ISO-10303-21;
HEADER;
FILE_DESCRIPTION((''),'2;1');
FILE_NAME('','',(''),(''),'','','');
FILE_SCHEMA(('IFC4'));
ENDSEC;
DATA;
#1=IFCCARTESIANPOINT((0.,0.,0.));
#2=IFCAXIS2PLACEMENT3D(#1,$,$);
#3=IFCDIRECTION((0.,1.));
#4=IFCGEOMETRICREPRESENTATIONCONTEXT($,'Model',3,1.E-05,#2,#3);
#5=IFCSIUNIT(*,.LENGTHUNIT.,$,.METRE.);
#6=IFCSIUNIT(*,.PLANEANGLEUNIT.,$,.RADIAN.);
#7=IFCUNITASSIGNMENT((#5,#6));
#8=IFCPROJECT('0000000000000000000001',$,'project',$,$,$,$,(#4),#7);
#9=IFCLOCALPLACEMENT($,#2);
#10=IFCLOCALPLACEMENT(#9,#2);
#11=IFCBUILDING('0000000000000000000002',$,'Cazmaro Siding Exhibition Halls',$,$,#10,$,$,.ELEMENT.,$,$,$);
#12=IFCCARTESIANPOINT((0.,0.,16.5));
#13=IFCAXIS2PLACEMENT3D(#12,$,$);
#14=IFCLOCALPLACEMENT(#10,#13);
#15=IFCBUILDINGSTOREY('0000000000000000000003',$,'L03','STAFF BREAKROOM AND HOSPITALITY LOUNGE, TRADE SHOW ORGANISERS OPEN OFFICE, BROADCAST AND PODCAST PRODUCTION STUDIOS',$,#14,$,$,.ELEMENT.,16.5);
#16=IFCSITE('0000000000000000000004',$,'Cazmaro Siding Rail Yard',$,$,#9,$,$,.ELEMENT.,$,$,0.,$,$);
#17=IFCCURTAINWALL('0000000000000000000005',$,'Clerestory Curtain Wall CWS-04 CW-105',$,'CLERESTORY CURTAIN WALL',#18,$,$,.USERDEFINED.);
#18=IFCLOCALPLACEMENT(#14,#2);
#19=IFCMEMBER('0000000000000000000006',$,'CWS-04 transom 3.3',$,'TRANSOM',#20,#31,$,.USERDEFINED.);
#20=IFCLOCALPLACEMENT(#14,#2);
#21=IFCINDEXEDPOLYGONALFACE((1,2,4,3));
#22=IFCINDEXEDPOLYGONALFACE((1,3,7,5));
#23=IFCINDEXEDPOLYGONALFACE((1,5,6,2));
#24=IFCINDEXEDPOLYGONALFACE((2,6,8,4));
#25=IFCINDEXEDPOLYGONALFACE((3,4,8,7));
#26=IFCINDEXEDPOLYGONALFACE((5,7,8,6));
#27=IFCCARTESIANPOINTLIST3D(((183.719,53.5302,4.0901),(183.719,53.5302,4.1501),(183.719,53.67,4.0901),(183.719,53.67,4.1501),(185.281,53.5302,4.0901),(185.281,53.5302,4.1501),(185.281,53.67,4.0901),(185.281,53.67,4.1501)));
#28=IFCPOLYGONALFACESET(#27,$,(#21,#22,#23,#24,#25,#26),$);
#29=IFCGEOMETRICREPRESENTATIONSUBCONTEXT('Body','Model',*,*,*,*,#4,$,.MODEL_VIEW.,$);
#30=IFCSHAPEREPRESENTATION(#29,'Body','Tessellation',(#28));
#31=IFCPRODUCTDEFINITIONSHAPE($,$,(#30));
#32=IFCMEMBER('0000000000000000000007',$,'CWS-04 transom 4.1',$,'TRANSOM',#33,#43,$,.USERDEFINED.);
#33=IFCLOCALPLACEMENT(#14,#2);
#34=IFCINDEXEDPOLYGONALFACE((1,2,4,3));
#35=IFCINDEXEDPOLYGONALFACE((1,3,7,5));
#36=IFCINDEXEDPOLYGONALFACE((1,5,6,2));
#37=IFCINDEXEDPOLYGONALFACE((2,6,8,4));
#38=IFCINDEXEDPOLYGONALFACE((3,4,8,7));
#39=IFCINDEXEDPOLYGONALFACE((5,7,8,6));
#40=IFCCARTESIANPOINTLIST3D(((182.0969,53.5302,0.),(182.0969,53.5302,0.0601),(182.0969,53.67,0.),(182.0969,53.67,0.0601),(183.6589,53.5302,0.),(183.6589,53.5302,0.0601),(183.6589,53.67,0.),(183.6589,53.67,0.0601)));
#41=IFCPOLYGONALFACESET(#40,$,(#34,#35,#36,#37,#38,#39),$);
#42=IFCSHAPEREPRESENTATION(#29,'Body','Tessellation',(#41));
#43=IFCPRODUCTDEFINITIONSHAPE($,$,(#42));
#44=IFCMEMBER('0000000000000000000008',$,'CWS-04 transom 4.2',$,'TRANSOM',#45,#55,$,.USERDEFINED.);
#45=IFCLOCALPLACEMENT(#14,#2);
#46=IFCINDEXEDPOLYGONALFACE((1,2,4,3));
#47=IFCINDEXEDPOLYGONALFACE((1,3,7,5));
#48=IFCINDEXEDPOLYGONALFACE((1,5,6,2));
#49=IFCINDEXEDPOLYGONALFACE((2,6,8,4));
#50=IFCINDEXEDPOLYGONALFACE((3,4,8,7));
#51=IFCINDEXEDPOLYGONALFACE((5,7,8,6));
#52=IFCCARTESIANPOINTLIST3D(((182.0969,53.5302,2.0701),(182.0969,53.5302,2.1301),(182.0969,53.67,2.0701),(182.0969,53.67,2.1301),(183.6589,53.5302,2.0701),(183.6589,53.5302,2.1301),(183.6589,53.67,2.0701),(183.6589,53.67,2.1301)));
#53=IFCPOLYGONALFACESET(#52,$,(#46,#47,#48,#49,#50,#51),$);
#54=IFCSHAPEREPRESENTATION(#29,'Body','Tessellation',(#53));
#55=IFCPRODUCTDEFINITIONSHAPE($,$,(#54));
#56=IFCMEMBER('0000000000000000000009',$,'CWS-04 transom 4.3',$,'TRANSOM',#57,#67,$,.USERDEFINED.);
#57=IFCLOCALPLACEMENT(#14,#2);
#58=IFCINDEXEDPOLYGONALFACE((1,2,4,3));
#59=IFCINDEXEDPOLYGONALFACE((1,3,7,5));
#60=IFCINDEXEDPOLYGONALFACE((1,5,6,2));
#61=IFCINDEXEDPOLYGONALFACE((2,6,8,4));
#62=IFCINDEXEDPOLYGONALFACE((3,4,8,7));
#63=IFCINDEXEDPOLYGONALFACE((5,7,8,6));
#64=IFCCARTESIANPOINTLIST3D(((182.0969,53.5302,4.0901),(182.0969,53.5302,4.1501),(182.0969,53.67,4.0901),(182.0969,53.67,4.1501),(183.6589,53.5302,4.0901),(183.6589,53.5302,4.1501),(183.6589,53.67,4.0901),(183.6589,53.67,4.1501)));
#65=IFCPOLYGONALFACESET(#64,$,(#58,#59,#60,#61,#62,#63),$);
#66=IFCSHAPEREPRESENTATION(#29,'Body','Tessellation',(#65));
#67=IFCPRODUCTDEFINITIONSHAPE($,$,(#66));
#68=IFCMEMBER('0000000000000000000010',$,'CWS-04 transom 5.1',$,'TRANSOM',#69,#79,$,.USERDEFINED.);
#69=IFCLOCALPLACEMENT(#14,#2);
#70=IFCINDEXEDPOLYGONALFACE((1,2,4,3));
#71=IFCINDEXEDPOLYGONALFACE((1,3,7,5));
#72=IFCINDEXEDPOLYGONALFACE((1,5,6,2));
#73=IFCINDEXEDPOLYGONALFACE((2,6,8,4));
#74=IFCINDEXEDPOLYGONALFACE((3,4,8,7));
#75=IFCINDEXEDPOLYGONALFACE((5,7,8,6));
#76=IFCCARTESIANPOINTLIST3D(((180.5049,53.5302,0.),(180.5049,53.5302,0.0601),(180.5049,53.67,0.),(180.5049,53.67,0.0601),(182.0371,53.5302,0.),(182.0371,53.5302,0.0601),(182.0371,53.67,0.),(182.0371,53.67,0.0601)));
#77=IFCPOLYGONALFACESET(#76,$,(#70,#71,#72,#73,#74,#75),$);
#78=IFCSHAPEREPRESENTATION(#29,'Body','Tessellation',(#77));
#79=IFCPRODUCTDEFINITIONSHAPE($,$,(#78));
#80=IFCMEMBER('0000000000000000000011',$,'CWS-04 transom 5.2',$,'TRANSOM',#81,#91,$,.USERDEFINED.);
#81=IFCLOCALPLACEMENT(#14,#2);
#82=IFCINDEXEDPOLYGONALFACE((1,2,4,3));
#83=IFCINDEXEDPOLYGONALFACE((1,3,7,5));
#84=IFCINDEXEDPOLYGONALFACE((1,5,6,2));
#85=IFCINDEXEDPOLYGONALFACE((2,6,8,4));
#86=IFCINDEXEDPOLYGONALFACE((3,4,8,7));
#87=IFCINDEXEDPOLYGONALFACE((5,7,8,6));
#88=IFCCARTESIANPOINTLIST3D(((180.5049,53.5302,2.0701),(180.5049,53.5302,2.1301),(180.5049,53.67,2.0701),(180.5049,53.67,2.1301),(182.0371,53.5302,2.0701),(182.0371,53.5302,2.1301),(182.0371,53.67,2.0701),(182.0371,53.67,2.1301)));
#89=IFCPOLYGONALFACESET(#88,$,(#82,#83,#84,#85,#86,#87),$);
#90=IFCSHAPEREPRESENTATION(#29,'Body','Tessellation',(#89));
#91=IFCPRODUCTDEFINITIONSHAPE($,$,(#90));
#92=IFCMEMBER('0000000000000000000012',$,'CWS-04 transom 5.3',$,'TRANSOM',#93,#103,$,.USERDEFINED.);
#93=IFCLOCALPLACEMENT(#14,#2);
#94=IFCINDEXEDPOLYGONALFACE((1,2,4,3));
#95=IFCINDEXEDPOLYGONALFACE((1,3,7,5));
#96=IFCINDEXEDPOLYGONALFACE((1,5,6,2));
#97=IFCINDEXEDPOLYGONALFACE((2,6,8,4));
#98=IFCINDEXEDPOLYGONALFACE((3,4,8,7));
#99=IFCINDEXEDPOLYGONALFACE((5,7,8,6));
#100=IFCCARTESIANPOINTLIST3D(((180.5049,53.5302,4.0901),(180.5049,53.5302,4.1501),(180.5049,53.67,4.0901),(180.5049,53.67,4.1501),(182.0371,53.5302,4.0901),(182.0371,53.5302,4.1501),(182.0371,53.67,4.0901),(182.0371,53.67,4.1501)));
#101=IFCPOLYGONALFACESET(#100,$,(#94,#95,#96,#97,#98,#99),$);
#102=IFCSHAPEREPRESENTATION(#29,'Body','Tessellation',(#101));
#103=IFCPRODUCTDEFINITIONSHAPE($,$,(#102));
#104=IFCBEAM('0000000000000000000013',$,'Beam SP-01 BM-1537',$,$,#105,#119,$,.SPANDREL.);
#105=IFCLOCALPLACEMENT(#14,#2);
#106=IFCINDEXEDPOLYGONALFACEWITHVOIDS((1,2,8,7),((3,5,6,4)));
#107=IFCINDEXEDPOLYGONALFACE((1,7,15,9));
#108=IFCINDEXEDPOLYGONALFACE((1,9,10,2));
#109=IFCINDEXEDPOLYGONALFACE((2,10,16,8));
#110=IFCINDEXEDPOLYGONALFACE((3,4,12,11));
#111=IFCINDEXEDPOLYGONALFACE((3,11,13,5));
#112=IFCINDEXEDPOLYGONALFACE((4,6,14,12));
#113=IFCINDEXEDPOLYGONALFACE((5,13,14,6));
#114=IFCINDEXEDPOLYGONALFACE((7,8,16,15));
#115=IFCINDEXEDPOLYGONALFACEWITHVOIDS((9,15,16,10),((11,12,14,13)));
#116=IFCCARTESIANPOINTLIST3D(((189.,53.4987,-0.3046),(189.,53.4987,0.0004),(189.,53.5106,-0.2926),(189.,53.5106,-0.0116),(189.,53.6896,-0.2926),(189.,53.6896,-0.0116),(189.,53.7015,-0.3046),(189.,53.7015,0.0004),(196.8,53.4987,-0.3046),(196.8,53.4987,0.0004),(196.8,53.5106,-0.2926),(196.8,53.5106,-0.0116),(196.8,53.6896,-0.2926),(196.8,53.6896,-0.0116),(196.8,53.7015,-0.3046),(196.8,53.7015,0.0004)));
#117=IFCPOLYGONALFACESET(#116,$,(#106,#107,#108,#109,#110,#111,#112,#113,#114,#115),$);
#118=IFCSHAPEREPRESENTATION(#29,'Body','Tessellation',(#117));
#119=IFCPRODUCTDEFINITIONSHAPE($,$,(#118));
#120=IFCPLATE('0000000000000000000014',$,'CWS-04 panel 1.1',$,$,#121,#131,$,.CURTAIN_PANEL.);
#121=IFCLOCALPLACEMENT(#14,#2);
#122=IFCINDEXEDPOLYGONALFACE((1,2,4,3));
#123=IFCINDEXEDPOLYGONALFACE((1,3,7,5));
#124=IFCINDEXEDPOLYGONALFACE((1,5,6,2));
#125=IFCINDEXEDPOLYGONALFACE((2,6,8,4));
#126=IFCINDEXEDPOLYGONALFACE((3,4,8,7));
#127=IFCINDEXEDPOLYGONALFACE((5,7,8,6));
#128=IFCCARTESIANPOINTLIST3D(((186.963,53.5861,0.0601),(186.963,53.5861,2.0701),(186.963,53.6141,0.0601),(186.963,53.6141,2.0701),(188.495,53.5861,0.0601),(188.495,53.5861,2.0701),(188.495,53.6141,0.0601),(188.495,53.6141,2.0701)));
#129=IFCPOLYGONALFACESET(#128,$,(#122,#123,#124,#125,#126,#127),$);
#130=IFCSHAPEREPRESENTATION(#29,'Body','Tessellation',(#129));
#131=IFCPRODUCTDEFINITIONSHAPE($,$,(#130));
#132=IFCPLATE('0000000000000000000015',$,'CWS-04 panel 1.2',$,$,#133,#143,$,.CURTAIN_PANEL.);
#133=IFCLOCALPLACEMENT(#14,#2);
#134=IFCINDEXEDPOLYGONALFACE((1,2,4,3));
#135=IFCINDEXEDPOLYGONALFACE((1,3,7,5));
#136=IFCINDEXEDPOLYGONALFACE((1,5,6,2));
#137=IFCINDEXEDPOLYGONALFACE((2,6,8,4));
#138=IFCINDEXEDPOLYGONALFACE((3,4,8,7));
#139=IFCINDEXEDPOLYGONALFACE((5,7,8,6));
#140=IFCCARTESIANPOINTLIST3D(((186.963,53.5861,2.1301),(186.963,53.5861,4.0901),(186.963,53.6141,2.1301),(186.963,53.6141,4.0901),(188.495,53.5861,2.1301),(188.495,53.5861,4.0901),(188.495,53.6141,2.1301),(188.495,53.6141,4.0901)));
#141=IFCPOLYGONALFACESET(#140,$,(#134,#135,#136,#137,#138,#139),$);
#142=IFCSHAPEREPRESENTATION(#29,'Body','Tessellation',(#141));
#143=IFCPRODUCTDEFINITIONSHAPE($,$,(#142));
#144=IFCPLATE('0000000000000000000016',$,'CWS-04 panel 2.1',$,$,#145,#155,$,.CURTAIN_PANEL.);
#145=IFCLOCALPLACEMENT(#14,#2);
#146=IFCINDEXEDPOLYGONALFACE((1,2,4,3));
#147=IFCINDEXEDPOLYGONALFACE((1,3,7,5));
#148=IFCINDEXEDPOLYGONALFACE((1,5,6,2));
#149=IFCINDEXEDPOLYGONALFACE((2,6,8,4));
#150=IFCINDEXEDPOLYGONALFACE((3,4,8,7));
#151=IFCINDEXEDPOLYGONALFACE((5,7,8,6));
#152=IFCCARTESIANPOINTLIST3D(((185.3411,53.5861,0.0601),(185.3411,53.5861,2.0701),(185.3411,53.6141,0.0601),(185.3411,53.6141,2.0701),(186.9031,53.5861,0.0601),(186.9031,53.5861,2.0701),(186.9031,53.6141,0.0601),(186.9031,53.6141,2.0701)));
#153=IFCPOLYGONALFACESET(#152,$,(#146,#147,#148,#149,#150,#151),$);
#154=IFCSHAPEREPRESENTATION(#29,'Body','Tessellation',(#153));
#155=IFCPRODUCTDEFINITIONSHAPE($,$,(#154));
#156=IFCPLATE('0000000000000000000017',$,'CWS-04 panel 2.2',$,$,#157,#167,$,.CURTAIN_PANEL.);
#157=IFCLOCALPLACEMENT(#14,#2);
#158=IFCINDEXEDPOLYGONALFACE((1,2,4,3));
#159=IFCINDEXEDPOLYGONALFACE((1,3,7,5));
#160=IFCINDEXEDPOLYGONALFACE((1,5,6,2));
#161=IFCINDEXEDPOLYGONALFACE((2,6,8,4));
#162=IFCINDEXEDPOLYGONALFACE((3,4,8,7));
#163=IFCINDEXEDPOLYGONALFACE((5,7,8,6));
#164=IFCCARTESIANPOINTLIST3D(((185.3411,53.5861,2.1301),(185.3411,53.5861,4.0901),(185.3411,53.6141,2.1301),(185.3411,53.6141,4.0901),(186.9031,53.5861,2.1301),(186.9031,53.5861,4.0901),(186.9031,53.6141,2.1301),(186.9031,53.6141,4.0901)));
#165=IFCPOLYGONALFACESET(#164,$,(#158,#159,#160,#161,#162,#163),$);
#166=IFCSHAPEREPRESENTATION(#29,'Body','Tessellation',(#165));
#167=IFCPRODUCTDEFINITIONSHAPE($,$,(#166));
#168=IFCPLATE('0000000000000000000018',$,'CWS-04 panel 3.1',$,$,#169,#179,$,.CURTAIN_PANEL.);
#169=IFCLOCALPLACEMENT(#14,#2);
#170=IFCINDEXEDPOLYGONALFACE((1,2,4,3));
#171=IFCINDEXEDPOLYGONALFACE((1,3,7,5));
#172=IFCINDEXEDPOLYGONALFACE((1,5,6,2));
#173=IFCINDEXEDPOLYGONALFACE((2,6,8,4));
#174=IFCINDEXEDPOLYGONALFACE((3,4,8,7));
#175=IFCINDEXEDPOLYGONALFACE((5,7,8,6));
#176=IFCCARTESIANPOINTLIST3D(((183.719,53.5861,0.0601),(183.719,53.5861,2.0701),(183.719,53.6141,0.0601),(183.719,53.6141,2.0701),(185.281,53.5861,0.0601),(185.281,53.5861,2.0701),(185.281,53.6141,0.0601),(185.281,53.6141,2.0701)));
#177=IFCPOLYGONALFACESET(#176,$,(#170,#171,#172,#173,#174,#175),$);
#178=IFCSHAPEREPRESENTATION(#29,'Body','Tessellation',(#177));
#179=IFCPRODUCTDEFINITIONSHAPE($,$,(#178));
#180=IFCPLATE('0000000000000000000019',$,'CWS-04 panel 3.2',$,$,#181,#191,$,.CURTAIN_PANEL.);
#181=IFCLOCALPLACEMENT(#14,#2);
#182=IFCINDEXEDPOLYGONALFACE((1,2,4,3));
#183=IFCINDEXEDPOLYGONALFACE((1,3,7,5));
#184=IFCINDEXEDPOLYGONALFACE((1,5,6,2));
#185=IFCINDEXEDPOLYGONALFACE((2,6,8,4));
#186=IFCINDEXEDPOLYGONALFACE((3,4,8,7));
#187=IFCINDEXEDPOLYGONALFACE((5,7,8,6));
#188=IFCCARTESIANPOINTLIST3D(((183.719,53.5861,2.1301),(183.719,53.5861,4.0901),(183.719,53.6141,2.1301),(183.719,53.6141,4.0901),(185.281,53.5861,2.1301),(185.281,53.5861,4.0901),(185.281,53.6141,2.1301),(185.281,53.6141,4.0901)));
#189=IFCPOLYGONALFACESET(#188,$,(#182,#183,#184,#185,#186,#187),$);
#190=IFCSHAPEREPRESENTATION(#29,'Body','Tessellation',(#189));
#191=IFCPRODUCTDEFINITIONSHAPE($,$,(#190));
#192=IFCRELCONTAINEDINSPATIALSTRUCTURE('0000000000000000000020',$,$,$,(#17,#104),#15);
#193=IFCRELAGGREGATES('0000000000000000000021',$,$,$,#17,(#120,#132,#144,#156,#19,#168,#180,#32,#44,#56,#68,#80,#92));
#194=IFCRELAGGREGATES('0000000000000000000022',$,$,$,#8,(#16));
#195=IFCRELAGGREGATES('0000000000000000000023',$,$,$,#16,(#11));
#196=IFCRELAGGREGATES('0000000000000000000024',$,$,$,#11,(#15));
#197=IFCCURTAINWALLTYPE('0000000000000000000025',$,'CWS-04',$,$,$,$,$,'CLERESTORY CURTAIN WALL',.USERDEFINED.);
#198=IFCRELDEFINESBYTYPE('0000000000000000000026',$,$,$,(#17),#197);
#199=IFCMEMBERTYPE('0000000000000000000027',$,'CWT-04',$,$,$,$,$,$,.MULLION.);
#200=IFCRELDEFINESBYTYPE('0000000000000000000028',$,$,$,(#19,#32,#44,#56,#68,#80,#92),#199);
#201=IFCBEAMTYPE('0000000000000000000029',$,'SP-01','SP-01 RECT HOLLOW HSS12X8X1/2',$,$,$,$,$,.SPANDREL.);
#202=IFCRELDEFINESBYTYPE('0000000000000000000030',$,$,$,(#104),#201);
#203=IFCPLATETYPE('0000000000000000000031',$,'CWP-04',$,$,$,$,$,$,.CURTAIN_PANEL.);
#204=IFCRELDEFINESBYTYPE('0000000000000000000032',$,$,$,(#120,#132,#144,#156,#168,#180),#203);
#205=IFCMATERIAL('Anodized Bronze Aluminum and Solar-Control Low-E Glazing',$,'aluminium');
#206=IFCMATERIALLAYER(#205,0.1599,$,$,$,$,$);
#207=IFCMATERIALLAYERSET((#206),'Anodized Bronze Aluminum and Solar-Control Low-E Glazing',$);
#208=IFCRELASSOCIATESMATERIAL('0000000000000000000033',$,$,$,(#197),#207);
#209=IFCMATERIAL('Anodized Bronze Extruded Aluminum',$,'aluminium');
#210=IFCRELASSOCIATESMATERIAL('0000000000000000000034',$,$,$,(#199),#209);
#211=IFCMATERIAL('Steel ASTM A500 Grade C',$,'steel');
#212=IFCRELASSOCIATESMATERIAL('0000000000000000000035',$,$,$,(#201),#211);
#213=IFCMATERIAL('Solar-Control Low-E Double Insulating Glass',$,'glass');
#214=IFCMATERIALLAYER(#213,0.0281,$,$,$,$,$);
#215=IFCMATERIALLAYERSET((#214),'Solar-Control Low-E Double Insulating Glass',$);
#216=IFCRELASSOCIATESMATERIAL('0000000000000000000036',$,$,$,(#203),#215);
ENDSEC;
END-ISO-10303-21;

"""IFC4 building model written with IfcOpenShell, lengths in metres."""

from ifc_helpers import new_model, si_unit, direction, frame, origin, origin_2d, place, context, subcontext, project, spatial, rectangle, hollow_rectangle, extrude, material, layer, layer_set, material_profile, profile_set, type_object, element, aggregate, save


model = new_model("IFC4")

# Units and contexts
model_context = context("Model", 3, precision=1e-05, world=origin(), true_north=direction((0.0, 1.0)))
body_context = subcontext(model_context, "Body", "Model", "MODEL_VIEW")
ifc_project = project(units=[si_unit("LENGTHUNIT", "METRE"), si_unit("PLANEANGLEUNIT", "RADIAN")], contexts=[model_context])

# Site, building, storey
site_placement = place(None, origin())
site = spatial("IfcSite", under=ifc_project, at=site_placement, Name="Cazmaro Siding Rail Yard", CompositionType="ELEMENT", RefElevation=0.0)
building_placement = place(site_placement, origin())
building = spatial("IfcBuilding", under=site, at=building_placement, Name="Cazmaro Siding Exhibition Halls", CompositionType="ELEMENT")
storey_placement = place(building_placement, frame((0.0, 0.0, 16.5)))
storey = spatial("IfcBuildingStorey", under=building, at=storey_placement, Name="L03", Description="STAFF BREAKROOM AND HOSPITALITY LOUNGE, TRADE SHOW ORGANISERS OPEN OFFICE, BROADCAST AND PODCAST PRODUCTION STUDIOS", CompositionType="ELEMENT", Elevation=16.5)

# Curtain wall, members
ifc_material_1 = material(Name="Anodized Bronze Aluminum and Solar-Control Low-E Glazing", Category="aluminium")
ifc_layer_1 = layer(ifc_material_1, 0.1599)
ifc_layer_set_1 = layer_set([ifc_layer_1], Name="Anodized Bronze Aluminum and Solar-Control Low-E Glazing")
curtain_wall_type = type_object("IfcCurtainWallType", Name="CWS-04", ElementType="CLERESTORY CURTAIN WALL", PredefinedType="USERDEFINED", material=ifc_layer_set_1)
curtain_wall_placement = place(storey_placement, origin())
curtain_wall = element("IfcCurtainWall", 1, at=curtain_wall_placement, inside=storey, type_object=curtain_wall_type, Name="Clerestory Curtain Wall CWS-04 CW-105", ObjectType="CLERESTORY CURTAIN WALL", PredefinedType="USERDEFINED")
ifc_material_2 = material(Name="Anodized Bronze Extruded Aluminum", Category="aluminium")
ifc_material_profile_1 = material_profile(ifc_material_2, rectangle(XDim=0.1399, YDim=0.0601, at=origin_2d()), Name="CWT-04")
ifc_profile_set_1 = profile_set([ifc_material_profile_1], Name="Anodized Bronze Extruded Aluminum")
member_type_1 = type_object("IfcMemberType", Name="CWT-04", PredefinedType="MULLION", material=ifc_profile_set_1)
member_1_placement = place(storey_placement, frame((185.281, 53.6001, 4.1201), z_axis=(-1.0, 0.0, 0.0), x_axis=(0.0, -1.0, 0.0)))
member_1 = element("IfcMember", 2, at=member_1_placement, type_object=member_type_1, Name="CWS-04 transom 3.3", ObjectType="TRANSOM", PredefinedType="USERDEFINED", context=body_context, shape_type="SweptSolid", body=[
    extrude(rectangle(XDim=0.1399, YDim=0.0601, at=origin_2d()), origin(), (0.0, 0.0, 1.0), 1.562),
])
member_2_placement = place(storey_placement, frame((183.6589, 53.6001, 0.03), z_axis=(-1.0, 0.0, 0.0), x_axis=(0.0, -1.0, 0.0)))
member_2 = element("IfcMember", 3, at=member_2_placement, type_object=member_type_1, Name="CWS-04 transom 4.1", ObjectType="TRANSOM", PredefinedType="USERDEFINED", context=body_context, shape_type="SweptSolid", body=[
    extrude(rectangle(XDim=0.1399, YDim=0.0601, at=origin_2d()), origin(), (0.0, 0.0, 1.0), 1.562),
])
member_3_placement = place(storey_placement, frame((183.6589, 53.6001, 2.1001), z_axis=(-1.0, 0.0, 0.0), x_axis=(0.0, -1.0, 0.0)))
member_3 = element("IfcMember", 4, at=member_3_placement, type_object=member_type_1, Name="CWS-04 transom 4.2", ObjectType="TRANSOM", PredefinedType="USERDEFINED", context=body_context, shape_type="SweptSolid", body=[
    extrude(rectangle(XDim=0.1399, YDim=0.0601, at=origin_2d()), origin(), (0.0, 0.0, 1.0), 1.562),
])
member_4_placement = place(storey_placement, frame((183.6589, 53.6001, 4.1201), z_axis=(-1.0, 0.0, 0.0), x_axis=(0.0, -1.0, 0.0)))
member_4 = element("IfcMember", 5, at=member_4_placement, type_object=member_type_1, Name="CWS-04 transom 4.3", ObjectType="TRANSOM", PredefinedType="USERDEFINED", context=body_context, shape_type="SweptSolid", body=[
    extrude(rectangle(XDim=0.1399, YDim=0.0601, at=origin_2d()), origin(), (0.0, 0.0, 1.0), 1.562),
])
member_5_placement = place(storey_placement, frame((182.0371, 53.6001, 0.03), z_axis=(-1.0, 0.0, 0.0), x_axis=(0.0, -1.0, 0.0)))
member_5 = element("IfcMember", 6, at=member_5_placement, type_object=member_type_1, Name="CWS-04 transom 5.1", ObjectType="TRANSOM", PredefinedType="USERDEFINED", context=body_context, shape_type="SweptSolid", body=[
    extrude(rectangle(XDim=0.1399, YDim=0.0601, at=origin_2d()), origin(), (0.0, 0.0, 1.0), 1.5322),
])
member_6_placement = place(storey_placement, frame((182.0371, 53.6001, 2.1001), z_axis=(-1.0, 0.0, 0.0), x_axis=(0.0, -1.0, 0.0)))
member_6 = element("IfcMember", 7, at=member_6_placement, type_object=member_type_1, Name="CWS-04 transom 5.2", ObjectType="TRANSOM", PredefinedType="USERDEFINED", context=body_context, shape_type="SweptSolid", body=[
    extrude(rectangle(XDim=0.1399, YDim=0.0601, at=origin_2d()), origin(), (0.0, 0.0, 1.0), 1.5322),
])
member_7_placement = place(storey_placement, frame((182.0371, 53.6001, 4.1201), z_axis=(-1.0, 0.0, 0.0), x_axis=(0.0, -1.0, 0.0)))
member_7 = element("IfcMember", 8, at=member_7_placement, type_object=member_type_1, Name="CWS-04 transom 5.3", ObjectType="TRANSOM", PredefinedType="USERDEFINED", context=body_context, shape_type="SweptSolid", body=[
    extrude(rectangle(XDim=0.1399, YDim=0.0601, at=origin_2d()), origin(), (0.0, 0.0, 1.0), 1.5322),
])

# Beam
ifc_material_3 = material(Name="Steel ASTM A500 Grade C", Category="steel")
ifc_material_profile_2 = material_profile(ifc_material_3, hollow_rectangle(XDim=0.2029, YDim=0.3049, WallThickness=0.012, at=origin_2d()), Name="HSS12X8X1/2")
ifc_profile_set_2 = profile_set([ifc_material_profile_2], Name="Steel ASTM A500 Grade C")
beam_type = type_object("IfcBeamType", Name="SP-01", Description="SP-01 RECT HOLLOW HSS12X8X1/2", PredefinedType="SPANDREL", material=ifc_profile_set_2)
beam_placement = place(storey_placement, frame((189.0, 53.6001, -0.1521), z_axis=(1.0, 0.0, 0.0), x_axis=(0.0, 1.0, 0.0)))
element("IfcBeam", 9, at=beam_placement, inside=storey, type_object=beam_type, Name="Beam SP-01 BM-1537", PredefinedType="SPANDREL", context=body_context, shape_type="SweptSolid", body=[
    extrude(hollow_rectangle(XDim=0.2029, YDim=0.3049, WallThickness=0.012, at=origin_2d()), origin(), (0.0, 0.0, 1.0), 7.8),
])

# Plates
ifc_material_4 = material(Name="Solar-Control Low-E Double Insulating Glass", Category="glass")
ifc_layer_2 = layer(ifc_material_4, 0.0281)
ifc_layer_set_2 = layer_set([ifc_layer_2], Name="Solar-Control Low-E Double Insulating Glass")
plate_type = type_object("IfcPlateType", Name="CWP-04", PredefinedType="CURTAIN_PANEL", material=ifc_layer_set_2)
plate_1_placement = place(storey_placement, frame((187.729, 53.6001, 0.0601), z_axis=(0.0, 0.0, 1.0), x_axis=(-1.0, 0.0, 0.0)))
plate_1 = element("IfcPlate", 10, at=plate_1_placement, type_object=plate_type, Name="CWS-04 panel 1.1", PredefinedType="CURTAIN_PANEL", context=body_context, shape_type="SweptSolid", body=[
    extrude(rectangle(XDim=1.532, YDim=0.0281, at=origin_2d()), origin(), (0.0, 0.0, 1.0), 2.01),
])
plate_2_placement = place(storey_placement, frame((187.729, 53.6001, 2.1301), z_axis=(0.0, 0.0, 1.0), x_axis=(-1.0, 0.0, 0.0)))
plate_2 = element("IfcPlate", 11, at=plate_2_placement, type_object=plate_type, Name="CWS-04 panel 1.2", PredefinedType="CURTAIN_PANEL", context=body_context, shape_type="SweptSolid", body=[
    extrude(rectangle(XDim=1.532, YDim=0.0281, at=origin_2d()), origin(), (0.0, 0.0, 1.0), 1.96),
])
plate_3_placement = place(storey_placement, frame((186.1221, 53.6001, 0.0601), z_axis=(0.0, 0.0, 1.0), x_axis=(-1.0, 0.0, 0.0)))
plate_3 = element("IfcPlate", 12, at=plate_3_placement, type_object=plate_type, Name="CWS-04 panel 2.1", PredefinedType="CURTAIN_PANEL", context=body_context, shape_type="SweptSolid", body=[
    extrude(rectangle(XDim=1.562, YDim=0.0281, at=origin_2d()), origin(), (0.0, 0.0, 1.0), 2.01),
])
plate_4_placement = place(storey_placement, frame((186.1221, 53.6001, 2.1301), z_axis=(0.0, 0.0, 1.0), x_axis=(-1.0, 0.0, 0.0)))
plate_4 = element("IfcPlate", 13, at=plate_4_placement, type_object=plate_type, Name="CWS-04 panel 2.2", PredefinedType="CURTAIN_PANEL", context=body_context, shape_type="SweptSolid", body=[
    extrude(rectangle(XDim=1.562, YDim=0.0281, at=origin_2d()), origin(), (0.0, 0.0, 1.0), 1.96),
])
plate_5_placement = place(storey_placement, frame((184.5, 53.6001, 0.0601), z_axis=(0.0, 0.0, 1.0), x_axis=(-1.0, 0.0, 0.0)))
plate_5 = element("IfcPlate", 14, at=plate_5_placement, type_object=plate_type, Name="CWS-04 panel 3.1", PredefinedType="CURTAIN_PANEL", context=body_context, shape_type="SweptSolid", body=[
    extrude(rectangle(XDim=1.562, YDim=0.0281, at=origin_2d()), origin(), (0.0, 0.0, 1.0), 2.01),
])
plate_6_placement = place(storey_placement, frame((184.5, 53.6001, 2.1301), z_axis=(0.0, 0.0, 1.0), x_axis=(-1.0, 0.0, 0.0)))
plate_6 = element("IfcPlate", 15, at=plate_6_placement, type_object=plate_type, Name="CWS-04 panel 3.2", PredefinedType="CURTAIN_PANEL", context=body_context, shape_type="SweptSolid", body=[
    extrude(rectangle(XDim=1.562, YDim=0.0281, at=origin_2d()), origin(), (0.0, 0.0, 1.0), 1.96),
])
aggregate(curtain_wall, [plate_1, plate_2, plate_3, plate_4, member_1, plate_5, plate_6, member_2, member_3, member_4, member_5, member_6, member_7])

save(model, "model.ifc")
